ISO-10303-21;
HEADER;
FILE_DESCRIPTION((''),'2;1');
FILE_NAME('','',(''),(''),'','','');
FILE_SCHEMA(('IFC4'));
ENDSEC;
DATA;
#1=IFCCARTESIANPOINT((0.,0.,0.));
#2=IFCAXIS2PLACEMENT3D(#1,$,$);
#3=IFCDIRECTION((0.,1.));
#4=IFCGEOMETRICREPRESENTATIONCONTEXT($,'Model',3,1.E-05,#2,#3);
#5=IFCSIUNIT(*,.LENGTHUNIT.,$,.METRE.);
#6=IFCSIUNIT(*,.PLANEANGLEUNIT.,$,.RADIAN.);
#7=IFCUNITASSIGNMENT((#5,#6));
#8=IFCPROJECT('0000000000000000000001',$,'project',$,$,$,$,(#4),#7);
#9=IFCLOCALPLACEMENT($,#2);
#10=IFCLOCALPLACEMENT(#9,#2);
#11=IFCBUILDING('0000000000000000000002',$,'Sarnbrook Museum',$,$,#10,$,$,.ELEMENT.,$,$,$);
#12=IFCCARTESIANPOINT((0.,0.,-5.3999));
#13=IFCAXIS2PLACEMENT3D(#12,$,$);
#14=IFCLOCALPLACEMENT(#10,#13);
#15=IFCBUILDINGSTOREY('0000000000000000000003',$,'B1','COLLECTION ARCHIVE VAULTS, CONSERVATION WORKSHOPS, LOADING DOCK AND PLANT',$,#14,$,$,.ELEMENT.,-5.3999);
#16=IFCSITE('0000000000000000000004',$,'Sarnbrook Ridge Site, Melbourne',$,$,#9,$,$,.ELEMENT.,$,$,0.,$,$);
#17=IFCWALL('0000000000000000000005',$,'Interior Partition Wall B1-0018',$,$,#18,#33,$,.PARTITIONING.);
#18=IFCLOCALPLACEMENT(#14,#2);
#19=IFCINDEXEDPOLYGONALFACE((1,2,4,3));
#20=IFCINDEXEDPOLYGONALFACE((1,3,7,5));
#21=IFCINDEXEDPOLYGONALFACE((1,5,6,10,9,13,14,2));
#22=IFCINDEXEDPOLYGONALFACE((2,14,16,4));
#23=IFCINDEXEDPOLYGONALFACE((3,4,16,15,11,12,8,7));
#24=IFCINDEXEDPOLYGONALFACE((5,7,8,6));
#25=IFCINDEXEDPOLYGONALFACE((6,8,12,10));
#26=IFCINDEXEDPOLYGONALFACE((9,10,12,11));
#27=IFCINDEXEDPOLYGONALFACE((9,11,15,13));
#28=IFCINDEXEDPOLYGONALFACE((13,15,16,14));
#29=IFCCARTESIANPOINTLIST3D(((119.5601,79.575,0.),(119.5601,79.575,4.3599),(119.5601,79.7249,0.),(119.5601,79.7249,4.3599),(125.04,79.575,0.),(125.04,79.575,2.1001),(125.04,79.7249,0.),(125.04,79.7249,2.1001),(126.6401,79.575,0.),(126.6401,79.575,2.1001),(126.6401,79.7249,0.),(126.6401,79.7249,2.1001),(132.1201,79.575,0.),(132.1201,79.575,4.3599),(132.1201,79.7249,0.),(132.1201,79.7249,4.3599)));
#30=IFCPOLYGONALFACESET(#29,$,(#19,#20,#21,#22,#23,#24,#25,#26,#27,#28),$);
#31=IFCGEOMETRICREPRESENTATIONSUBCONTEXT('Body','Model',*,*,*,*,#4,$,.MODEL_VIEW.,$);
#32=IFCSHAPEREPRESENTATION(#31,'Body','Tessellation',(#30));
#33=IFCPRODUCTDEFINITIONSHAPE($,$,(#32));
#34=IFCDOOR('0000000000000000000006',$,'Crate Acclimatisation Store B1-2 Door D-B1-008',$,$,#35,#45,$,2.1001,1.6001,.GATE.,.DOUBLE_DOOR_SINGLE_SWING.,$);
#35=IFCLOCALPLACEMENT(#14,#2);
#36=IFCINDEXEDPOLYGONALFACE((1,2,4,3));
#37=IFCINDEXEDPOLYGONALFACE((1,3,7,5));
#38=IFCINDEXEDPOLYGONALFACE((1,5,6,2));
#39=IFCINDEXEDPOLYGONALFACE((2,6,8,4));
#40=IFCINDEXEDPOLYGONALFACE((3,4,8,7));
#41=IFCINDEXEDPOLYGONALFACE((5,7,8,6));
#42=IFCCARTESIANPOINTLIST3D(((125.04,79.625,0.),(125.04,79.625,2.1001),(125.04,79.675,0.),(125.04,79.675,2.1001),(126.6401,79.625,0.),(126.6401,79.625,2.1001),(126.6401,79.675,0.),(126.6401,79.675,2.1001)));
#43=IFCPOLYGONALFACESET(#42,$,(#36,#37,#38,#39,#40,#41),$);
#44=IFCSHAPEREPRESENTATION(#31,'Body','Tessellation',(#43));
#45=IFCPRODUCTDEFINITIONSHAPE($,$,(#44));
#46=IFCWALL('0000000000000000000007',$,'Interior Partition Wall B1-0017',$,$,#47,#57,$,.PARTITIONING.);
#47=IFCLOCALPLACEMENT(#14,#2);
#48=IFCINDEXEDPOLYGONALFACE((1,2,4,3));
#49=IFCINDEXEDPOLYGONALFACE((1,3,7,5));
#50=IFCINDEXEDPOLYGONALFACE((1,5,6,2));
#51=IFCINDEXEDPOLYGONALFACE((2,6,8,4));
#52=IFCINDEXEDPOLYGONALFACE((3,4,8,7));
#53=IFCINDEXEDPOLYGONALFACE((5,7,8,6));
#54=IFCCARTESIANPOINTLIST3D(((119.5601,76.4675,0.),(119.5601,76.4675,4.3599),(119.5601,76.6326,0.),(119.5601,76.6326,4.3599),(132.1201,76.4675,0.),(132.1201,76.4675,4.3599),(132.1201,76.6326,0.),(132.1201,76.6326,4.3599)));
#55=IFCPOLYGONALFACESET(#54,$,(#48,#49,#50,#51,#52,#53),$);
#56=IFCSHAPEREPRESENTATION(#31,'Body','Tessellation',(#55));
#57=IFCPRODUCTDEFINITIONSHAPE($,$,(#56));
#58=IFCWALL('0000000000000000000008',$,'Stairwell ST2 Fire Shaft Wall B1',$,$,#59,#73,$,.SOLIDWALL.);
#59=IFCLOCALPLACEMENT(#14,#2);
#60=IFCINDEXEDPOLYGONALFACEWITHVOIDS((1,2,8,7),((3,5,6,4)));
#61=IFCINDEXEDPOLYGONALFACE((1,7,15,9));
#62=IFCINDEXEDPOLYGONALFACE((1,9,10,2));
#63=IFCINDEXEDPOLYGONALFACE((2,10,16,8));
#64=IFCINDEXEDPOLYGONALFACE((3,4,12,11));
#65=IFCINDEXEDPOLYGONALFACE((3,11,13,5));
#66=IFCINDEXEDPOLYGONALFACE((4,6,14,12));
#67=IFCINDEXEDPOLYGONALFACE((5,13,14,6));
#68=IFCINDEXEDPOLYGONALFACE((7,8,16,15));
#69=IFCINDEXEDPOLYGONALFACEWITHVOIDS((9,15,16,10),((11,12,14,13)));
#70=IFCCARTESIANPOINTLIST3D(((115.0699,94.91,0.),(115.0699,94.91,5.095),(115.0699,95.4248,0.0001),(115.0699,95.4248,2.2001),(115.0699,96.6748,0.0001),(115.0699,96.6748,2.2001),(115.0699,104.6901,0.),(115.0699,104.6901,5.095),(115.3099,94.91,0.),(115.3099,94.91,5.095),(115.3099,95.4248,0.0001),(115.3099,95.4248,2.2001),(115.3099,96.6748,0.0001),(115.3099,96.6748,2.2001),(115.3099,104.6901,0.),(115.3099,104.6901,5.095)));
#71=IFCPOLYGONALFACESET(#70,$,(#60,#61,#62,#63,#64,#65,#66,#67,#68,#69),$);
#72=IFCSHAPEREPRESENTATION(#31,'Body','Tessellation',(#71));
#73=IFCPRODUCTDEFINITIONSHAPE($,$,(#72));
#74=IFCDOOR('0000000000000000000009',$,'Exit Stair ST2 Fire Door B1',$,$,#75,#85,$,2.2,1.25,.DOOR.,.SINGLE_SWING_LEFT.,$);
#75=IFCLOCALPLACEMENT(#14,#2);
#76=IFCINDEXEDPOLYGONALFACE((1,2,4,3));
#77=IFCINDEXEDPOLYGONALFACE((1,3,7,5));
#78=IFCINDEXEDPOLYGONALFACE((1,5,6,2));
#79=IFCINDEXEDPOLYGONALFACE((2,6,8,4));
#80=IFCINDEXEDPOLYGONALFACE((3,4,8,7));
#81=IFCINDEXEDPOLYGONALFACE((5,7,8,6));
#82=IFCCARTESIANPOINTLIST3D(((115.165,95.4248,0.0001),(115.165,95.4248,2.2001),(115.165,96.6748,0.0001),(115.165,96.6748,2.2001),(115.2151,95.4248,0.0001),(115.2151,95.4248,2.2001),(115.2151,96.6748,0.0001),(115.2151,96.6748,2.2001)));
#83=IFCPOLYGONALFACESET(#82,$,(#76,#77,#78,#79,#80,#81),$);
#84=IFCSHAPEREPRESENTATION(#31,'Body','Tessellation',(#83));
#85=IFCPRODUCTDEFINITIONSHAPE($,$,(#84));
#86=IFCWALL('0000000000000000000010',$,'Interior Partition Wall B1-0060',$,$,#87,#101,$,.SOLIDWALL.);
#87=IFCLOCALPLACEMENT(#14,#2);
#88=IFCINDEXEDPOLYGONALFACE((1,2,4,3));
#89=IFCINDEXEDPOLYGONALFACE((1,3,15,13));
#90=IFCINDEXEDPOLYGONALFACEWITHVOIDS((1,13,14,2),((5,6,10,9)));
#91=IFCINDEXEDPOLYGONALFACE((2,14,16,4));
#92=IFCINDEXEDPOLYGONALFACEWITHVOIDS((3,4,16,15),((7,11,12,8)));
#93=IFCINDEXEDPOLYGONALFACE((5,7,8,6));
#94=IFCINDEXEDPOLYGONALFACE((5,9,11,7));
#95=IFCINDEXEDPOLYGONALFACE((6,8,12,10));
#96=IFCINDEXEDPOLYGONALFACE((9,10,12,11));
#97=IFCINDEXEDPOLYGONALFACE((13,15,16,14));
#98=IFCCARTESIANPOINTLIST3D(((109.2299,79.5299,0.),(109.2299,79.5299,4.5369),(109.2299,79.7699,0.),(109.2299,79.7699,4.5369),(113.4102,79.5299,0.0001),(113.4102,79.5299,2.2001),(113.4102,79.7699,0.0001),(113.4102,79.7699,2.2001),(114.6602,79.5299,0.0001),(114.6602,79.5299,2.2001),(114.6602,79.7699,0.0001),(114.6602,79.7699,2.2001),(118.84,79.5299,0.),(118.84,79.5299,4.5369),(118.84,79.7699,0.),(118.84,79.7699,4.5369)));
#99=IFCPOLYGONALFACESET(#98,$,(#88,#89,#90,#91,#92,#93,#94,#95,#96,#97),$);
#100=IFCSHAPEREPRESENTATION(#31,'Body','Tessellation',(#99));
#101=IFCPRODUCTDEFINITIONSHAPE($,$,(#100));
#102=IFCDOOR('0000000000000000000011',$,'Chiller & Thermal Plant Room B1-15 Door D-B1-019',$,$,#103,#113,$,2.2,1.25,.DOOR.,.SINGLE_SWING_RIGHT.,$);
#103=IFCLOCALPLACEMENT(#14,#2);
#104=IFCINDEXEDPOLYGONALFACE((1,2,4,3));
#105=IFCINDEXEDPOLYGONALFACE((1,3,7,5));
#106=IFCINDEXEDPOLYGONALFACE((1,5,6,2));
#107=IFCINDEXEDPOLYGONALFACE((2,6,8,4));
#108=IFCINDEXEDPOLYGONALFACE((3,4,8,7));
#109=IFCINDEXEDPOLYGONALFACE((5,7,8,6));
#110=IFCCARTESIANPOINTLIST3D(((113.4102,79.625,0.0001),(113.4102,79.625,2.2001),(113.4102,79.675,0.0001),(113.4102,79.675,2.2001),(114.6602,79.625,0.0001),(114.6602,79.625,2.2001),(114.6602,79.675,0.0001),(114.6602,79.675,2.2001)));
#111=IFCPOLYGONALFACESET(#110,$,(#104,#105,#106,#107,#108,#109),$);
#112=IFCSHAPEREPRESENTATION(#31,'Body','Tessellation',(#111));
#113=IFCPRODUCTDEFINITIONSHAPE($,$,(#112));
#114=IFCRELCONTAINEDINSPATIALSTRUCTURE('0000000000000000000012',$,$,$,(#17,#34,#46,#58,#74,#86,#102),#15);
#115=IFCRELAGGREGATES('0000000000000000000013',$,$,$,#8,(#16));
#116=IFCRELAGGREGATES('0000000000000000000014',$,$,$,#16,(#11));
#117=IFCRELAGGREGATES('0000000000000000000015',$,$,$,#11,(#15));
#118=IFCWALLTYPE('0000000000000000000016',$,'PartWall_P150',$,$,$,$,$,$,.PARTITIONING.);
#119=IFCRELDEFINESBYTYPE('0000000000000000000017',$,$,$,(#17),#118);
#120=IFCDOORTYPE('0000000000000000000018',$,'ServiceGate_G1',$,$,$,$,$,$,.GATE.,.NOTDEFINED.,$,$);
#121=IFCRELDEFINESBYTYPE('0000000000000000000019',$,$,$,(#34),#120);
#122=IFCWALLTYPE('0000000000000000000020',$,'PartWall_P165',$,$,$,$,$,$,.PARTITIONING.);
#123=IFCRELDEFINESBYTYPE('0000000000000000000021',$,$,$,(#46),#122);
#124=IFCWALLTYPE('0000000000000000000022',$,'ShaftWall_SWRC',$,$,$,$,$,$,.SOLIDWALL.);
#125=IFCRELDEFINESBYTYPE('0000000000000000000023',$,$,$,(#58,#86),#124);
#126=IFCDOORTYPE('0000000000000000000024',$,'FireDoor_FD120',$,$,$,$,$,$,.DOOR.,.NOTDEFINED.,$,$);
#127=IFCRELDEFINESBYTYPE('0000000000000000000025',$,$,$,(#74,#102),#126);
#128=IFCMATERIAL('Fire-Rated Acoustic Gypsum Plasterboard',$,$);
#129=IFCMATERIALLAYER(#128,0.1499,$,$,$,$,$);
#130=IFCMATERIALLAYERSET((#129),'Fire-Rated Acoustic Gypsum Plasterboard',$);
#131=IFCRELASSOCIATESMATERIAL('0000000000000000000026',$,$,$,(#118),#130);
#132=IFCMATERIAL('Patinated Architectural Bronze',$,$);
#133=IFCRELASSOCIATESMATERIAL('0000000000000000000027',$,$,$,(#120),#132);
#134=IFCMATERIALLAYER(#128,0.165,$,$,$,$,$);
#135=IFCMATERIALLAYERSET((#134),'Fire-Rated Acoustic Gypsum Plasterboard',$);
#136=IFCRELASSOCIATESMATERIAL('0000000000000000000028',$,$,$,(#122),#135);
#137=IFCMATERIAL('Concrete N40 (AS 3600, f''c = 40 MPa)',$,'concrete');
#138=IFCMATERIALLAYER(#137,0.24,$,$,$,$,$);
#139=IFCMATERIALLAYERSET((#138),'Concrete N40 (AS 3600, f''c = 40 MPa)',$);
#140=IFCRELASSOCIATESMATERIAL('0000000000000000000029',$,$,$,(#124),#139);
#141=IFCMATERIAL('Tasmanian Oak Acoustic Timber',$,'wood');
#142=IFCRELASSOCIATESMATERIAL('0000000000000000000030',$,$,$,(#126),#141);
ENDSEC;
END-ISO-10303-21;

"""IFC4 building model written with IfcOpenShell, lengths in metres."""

from ifc_helpers import new_model, si_unit, direction, frame, frame_2d, origin, place, context, subcontext, project, spatial, rectangle, extrude, material, layer, layer_set, type_object, element, fill, save


model = new_model("IFC4")

# Units and contexts
model_context = context("Model", 3, precision=1e-05, world=origin(), true_north=direction((0.0, 1.0)))
body_context = subcontext(model_context, "Body", "Model", "MODEL_VIEW")
ifc_project = project(units=[si_unit("LENGTHUNIT", "METRE"), si_unit("PLANEANGLEUNIT", "RADIAN")], contexts=[model_context])

# Site, building, storey
site_placement = place(None, origin())
site = spatial("IfcSite", under=ifc_project, at=site_placement, Name="Sarnbrook Ridge Site, Melbourne", CompositionType="ELEMENT", RefElevation=0.0)
building_placement = place(site_placement, origin())
building = spatial("IfcBuilding", under=site, at=building_placement, Name="Sarnbrook Museum", CompositionType="ELEMENT")
storey_placement = place(building_placement, frame((0.0, 0.0, -5.3999)))
storey = spatial("IfcBuildingStorey", under=building, at=storey_placement, Name="B1", Description="COLLECTION ARCHIVE VAULTS, CONSERVATION WORKSHOPS, LOADING DOCK AND PLANT", CompositionType="ELEMENT", Elevation=-5.3999)

# Shared definitions
ifc_material_1 = material(Name="Concrete N40 (AS 3600, f'c = 40 MPa)", Category="concrete")

# Shared definitions
ifc_material_2 = material(Name="Fire-Rated Acoustic Gypsum Plasterboard")

# Wall, opening, door
ifc_layer_1 = layer(ifc_material_2, 0.1499)
ifc_layer_set_1 = layer_set([ifc_layer_1], Name="Fire-Rated Acoustic Gypsum Plasterboard")
wall_type_1 = type_object("IfcWallType", Name="PartWall_P150", PredefinedType="PARTITIONING", material=ifc_layer_set_1)
wall_1_placement = place(storey_placement, frame((132.1201, 79.6499, 0.0), z_axis=(0.0, 0.0, 1.0), x_axis=(-1.0, 0.0, 0.0)))
wall_1 = element("IfcWall", 1, at=wall_1_placement, inside=storey, type_object=wall_type_1, Name="Interior Partition Wall B1-0018", PredefinedType="PARTITIONING", context=body_context, shape_type="SweptSolid", body=[
    extrude(rectangle(XDim=12.5601, YDim=0.1499, at=frame_2d((6.28, 0.0))), origin(), (0.0, 0.0, 1.0), 4.3599),
])
opening_1_placement = place(wall_1_placement, frame((5.48, 0.0, 0.0)))
opening_1 = element("IfcOpeningElement", 2, at=opening_1_placement, cuts=wall_1, PredefinedType="OPENING", context=body_context, shape_type="SweptSolid", body=[
    extrude(rectangle(XDim=1.6001, YDim=2.1001, at=frame_2d((0.8, 1.05))), frame((0.0, 0.085, 0.0), z_axis=(0.0, -1.0, 0.0), x_axis=(1.0, 0.0, 0.0)), (0.0, 0.0, 1.0), 0.1699),
])
ifc_material_3 = material(Name="Patinated Architectural Bronze")
door_type_1 = type_object("IfcDoorType", Name="ServiceGate_G1", OperationType="NOTDEFINED", PredefinedType="GATE", material=ifc_material_3)
door_1_placement = place(opening_1_placement, origin())
door_1 = element("IfcDoor", 3, at=door_1_placement, inside=storey, type_object=door_type_1, Name="Crate Acclimatisation Store B1-2 Door D-B1-008", OperationType="DOUBLE_DOOR_SINGLE_SWING", OverallHeight=2.1001, OverallWidth=1.6001, PredefinedType="GATE", context=body_context, shape_type="SweptSolid", body=[
    extrude(rectangle(XDim=1.6001, YDim=2.1001, at=frame_2d((0.8, 1.05))), frame((0.0, 0.0249, 0.0), z_axis=(0.0, -1.0, 0.0), x_axis=(1.0, 0.0, 0.0)), (0.0, 0.0, 1.0), 0.05),
])
fill(opening_1, door_1)

# Wall
ifc_layer_2 = layer(ifc_material_2, 0.165)
ifc_layer_set_2 = layer_set([ifc_layer_2], Name="Fire-Rated Acoustic Gypsum Plasterboard")
wall_type_2 = type_object("IfcWallType", Name="PartWall_P165", PredefinedType="PARTITIONING", material=ifc_layer_set_2)
wall_2_placement = place(storey_placement, frame((119.5601, 76.55, 0.0), z_axis=(0.0, 0.0, 1.0), x_axis=(1.0, 0.0, 0.0)))
element("IfcWall", 4, at=wall_2_placement, inside=storey, type_object=wall_type_2, Name="Interior Partition Wall B1-0017", PredefinedType="PARTITIONING", context=body_context, shape_type="SweptSolid", body=[
    extrude(rectangle(XDim=12.5601, YDim=0.165, at=frame_2d((6.28, 0.0))), origin(), (0.0, 0.0, 1.0), 4.3599),
])

# Walls, openings, doors
ifc_layer_3 = layer(ifc_material_1, 0.24)
ifc_layer_set_3 = layer_set([ifc_layer_3], Name="Concrete N40 (AS 3600, f'c = 40 MPa)")
wall_type_3 = type_object("IfcWallType", Name="ShaftWall_SWRC", PredefinedType="SOLIDWALL", material=ifc_layer_set_3)
wall_3_placement = place(storey_placement, frame((115.1899, 94.9099, 0.0), z_axis=(0.0, 0.0, 1.0), x_axis=(0.0, 1.0, 0.0)))
wall_3 = element("IfcWall", 5, at=wall_3_placement, inside=storey, type_object=wall_type_3, Name="Stairwell ST2 Fire Shaft Wall B1", PredefinedType="SOLIDWALL", context=body_context, shape_type="SweptSolid", body=[
    extrude(rectangle(XDim=9.78, YDim=0.24, at=frame_2d((4.8901, 0.0))), origin(), (0.0, 0.0, 1.0), 5.095),
])
opening_2_placement = place(wall_3_placement, frame((0.5149, 0.0, 0.0)))
opening_2 = element("IfcOpeningElement", 6, at=opening_2_placement, cuts=wall_3, PredefinedType="OPENING", context=body_context, shape_type="SweptSolid", body=[
    extrude(rectangle(XDim=1.25, YDim=2.2, at=frame_2d((0.625, 1.1001))), frame((0.0, 0.1299, 0.0), z_axis=(0.0, -1.0, 0.0), x_axis=(1.0, 0.0, 0.0)), (0.0, 0.0, 1.0), 0.26),
])
ifc_material_4 = material(Name="Tasmanian Oak Acoustic Timber", Category="wood")
door_type_2 = type_object("IfcDoorType", Name="FireDoor_FD120", OperationType="NOTDEFINED", PredefinedType="DOOR", material=ifc_material_4)
door_2_placement = place(opening_2_placement, origin())
door_2 = element("IfcDoor", 7, at=door_2_placement, inside=storey, type_object=door_type_2, Name="Exit Stair ST2 Fire Door B1", OperationType="SINGLE_SWING_LEFT", OverallHeight=2.2, OverallWidth=1.25, PredefinedType="DOOR", context=body_context, shape_type="SweptSolid", body=[
    extrude(rectangle(XDim=1.25, YDim=2.2, at=frame_2d((0.625, 1.1001))), frame((0.0, 0.0249, 0.0), z_axis=(0.0, -1.0, 0.0), x_axis=(1.0, 0.0, 0.0)), (0.0, 0.0, 1.0), 0.05),
])
fill(opening_2, door_2)
wall_4_placement = place(storey_placement, frame((118.8401, 79.6499, 0.0), z_axis=(0.0, 0.0, 1.0), x_axis=(-1.0, 0.0, 0.0)))
wall_4 = element("IfcWall", 8, at=wall_4_placement, inside=storey, type_object=wall_type_3, Name="Interior Partition Wall B1-0060", PredefinedType="SOLIDWALL", context=body_context, shape_type="SweptSolid", body=[
    extrude(rectangle(XDim=9.6101, YDim=0.24, at=frame_2d((4.8052, 0.0))), origin(), (0.0, 0.0, 1.0), 4.5369),
])
opening_3_placement = place(wall_4_placement, frame((4.1799, 0.0, 0.0)))
opening_3 = element("IfcOpeningElement", 9, at=opening_3_placement, cuts=wall_4, PredefinedType="OPENING", context=body_context, shape_type="SweptSolid", body=[
    extrude(rectangle(XDim=1.25, YDim=2.2, at=frame_2d((0.625, 1.1001))), frame((0.0, 0.1299, 0.0), z_axis=(0.0, -1.0, 0.0), x_axis=(1.0, 0.0, 0.0)), (0.0, 0.0, 1.0), 0.26),
])
door_3_placement = place(opening_3_placement, origin())
door_3 = element("IfcDoor", 10, at=door_3_placement, inside=storey, type_object=door_type_2, Name="Chiller & Thermal Plant Room B1-15 Door D-B1-019", OperationType="SINGLE_SWING_RIGHT", OverallHeight=2.2, OverallWidth=1.25, PredefinedType="DOOR", context=body_context, shape_type="SweptSolid", body=[
    extrude(rectangle(XDim=1.25, YDim=2.2, at=frame_2d((0.625, 1.1001))), frame((0.0, 0.0249, 0.0), z_axis=(0.0, -1.0, 0.0), x_axis=(1.0, 0.0, 0.0)), (0.0, 0.0, 1.0), 0.05),
])
fill(opening_3, door_3)

save(model, "model.ifc")
